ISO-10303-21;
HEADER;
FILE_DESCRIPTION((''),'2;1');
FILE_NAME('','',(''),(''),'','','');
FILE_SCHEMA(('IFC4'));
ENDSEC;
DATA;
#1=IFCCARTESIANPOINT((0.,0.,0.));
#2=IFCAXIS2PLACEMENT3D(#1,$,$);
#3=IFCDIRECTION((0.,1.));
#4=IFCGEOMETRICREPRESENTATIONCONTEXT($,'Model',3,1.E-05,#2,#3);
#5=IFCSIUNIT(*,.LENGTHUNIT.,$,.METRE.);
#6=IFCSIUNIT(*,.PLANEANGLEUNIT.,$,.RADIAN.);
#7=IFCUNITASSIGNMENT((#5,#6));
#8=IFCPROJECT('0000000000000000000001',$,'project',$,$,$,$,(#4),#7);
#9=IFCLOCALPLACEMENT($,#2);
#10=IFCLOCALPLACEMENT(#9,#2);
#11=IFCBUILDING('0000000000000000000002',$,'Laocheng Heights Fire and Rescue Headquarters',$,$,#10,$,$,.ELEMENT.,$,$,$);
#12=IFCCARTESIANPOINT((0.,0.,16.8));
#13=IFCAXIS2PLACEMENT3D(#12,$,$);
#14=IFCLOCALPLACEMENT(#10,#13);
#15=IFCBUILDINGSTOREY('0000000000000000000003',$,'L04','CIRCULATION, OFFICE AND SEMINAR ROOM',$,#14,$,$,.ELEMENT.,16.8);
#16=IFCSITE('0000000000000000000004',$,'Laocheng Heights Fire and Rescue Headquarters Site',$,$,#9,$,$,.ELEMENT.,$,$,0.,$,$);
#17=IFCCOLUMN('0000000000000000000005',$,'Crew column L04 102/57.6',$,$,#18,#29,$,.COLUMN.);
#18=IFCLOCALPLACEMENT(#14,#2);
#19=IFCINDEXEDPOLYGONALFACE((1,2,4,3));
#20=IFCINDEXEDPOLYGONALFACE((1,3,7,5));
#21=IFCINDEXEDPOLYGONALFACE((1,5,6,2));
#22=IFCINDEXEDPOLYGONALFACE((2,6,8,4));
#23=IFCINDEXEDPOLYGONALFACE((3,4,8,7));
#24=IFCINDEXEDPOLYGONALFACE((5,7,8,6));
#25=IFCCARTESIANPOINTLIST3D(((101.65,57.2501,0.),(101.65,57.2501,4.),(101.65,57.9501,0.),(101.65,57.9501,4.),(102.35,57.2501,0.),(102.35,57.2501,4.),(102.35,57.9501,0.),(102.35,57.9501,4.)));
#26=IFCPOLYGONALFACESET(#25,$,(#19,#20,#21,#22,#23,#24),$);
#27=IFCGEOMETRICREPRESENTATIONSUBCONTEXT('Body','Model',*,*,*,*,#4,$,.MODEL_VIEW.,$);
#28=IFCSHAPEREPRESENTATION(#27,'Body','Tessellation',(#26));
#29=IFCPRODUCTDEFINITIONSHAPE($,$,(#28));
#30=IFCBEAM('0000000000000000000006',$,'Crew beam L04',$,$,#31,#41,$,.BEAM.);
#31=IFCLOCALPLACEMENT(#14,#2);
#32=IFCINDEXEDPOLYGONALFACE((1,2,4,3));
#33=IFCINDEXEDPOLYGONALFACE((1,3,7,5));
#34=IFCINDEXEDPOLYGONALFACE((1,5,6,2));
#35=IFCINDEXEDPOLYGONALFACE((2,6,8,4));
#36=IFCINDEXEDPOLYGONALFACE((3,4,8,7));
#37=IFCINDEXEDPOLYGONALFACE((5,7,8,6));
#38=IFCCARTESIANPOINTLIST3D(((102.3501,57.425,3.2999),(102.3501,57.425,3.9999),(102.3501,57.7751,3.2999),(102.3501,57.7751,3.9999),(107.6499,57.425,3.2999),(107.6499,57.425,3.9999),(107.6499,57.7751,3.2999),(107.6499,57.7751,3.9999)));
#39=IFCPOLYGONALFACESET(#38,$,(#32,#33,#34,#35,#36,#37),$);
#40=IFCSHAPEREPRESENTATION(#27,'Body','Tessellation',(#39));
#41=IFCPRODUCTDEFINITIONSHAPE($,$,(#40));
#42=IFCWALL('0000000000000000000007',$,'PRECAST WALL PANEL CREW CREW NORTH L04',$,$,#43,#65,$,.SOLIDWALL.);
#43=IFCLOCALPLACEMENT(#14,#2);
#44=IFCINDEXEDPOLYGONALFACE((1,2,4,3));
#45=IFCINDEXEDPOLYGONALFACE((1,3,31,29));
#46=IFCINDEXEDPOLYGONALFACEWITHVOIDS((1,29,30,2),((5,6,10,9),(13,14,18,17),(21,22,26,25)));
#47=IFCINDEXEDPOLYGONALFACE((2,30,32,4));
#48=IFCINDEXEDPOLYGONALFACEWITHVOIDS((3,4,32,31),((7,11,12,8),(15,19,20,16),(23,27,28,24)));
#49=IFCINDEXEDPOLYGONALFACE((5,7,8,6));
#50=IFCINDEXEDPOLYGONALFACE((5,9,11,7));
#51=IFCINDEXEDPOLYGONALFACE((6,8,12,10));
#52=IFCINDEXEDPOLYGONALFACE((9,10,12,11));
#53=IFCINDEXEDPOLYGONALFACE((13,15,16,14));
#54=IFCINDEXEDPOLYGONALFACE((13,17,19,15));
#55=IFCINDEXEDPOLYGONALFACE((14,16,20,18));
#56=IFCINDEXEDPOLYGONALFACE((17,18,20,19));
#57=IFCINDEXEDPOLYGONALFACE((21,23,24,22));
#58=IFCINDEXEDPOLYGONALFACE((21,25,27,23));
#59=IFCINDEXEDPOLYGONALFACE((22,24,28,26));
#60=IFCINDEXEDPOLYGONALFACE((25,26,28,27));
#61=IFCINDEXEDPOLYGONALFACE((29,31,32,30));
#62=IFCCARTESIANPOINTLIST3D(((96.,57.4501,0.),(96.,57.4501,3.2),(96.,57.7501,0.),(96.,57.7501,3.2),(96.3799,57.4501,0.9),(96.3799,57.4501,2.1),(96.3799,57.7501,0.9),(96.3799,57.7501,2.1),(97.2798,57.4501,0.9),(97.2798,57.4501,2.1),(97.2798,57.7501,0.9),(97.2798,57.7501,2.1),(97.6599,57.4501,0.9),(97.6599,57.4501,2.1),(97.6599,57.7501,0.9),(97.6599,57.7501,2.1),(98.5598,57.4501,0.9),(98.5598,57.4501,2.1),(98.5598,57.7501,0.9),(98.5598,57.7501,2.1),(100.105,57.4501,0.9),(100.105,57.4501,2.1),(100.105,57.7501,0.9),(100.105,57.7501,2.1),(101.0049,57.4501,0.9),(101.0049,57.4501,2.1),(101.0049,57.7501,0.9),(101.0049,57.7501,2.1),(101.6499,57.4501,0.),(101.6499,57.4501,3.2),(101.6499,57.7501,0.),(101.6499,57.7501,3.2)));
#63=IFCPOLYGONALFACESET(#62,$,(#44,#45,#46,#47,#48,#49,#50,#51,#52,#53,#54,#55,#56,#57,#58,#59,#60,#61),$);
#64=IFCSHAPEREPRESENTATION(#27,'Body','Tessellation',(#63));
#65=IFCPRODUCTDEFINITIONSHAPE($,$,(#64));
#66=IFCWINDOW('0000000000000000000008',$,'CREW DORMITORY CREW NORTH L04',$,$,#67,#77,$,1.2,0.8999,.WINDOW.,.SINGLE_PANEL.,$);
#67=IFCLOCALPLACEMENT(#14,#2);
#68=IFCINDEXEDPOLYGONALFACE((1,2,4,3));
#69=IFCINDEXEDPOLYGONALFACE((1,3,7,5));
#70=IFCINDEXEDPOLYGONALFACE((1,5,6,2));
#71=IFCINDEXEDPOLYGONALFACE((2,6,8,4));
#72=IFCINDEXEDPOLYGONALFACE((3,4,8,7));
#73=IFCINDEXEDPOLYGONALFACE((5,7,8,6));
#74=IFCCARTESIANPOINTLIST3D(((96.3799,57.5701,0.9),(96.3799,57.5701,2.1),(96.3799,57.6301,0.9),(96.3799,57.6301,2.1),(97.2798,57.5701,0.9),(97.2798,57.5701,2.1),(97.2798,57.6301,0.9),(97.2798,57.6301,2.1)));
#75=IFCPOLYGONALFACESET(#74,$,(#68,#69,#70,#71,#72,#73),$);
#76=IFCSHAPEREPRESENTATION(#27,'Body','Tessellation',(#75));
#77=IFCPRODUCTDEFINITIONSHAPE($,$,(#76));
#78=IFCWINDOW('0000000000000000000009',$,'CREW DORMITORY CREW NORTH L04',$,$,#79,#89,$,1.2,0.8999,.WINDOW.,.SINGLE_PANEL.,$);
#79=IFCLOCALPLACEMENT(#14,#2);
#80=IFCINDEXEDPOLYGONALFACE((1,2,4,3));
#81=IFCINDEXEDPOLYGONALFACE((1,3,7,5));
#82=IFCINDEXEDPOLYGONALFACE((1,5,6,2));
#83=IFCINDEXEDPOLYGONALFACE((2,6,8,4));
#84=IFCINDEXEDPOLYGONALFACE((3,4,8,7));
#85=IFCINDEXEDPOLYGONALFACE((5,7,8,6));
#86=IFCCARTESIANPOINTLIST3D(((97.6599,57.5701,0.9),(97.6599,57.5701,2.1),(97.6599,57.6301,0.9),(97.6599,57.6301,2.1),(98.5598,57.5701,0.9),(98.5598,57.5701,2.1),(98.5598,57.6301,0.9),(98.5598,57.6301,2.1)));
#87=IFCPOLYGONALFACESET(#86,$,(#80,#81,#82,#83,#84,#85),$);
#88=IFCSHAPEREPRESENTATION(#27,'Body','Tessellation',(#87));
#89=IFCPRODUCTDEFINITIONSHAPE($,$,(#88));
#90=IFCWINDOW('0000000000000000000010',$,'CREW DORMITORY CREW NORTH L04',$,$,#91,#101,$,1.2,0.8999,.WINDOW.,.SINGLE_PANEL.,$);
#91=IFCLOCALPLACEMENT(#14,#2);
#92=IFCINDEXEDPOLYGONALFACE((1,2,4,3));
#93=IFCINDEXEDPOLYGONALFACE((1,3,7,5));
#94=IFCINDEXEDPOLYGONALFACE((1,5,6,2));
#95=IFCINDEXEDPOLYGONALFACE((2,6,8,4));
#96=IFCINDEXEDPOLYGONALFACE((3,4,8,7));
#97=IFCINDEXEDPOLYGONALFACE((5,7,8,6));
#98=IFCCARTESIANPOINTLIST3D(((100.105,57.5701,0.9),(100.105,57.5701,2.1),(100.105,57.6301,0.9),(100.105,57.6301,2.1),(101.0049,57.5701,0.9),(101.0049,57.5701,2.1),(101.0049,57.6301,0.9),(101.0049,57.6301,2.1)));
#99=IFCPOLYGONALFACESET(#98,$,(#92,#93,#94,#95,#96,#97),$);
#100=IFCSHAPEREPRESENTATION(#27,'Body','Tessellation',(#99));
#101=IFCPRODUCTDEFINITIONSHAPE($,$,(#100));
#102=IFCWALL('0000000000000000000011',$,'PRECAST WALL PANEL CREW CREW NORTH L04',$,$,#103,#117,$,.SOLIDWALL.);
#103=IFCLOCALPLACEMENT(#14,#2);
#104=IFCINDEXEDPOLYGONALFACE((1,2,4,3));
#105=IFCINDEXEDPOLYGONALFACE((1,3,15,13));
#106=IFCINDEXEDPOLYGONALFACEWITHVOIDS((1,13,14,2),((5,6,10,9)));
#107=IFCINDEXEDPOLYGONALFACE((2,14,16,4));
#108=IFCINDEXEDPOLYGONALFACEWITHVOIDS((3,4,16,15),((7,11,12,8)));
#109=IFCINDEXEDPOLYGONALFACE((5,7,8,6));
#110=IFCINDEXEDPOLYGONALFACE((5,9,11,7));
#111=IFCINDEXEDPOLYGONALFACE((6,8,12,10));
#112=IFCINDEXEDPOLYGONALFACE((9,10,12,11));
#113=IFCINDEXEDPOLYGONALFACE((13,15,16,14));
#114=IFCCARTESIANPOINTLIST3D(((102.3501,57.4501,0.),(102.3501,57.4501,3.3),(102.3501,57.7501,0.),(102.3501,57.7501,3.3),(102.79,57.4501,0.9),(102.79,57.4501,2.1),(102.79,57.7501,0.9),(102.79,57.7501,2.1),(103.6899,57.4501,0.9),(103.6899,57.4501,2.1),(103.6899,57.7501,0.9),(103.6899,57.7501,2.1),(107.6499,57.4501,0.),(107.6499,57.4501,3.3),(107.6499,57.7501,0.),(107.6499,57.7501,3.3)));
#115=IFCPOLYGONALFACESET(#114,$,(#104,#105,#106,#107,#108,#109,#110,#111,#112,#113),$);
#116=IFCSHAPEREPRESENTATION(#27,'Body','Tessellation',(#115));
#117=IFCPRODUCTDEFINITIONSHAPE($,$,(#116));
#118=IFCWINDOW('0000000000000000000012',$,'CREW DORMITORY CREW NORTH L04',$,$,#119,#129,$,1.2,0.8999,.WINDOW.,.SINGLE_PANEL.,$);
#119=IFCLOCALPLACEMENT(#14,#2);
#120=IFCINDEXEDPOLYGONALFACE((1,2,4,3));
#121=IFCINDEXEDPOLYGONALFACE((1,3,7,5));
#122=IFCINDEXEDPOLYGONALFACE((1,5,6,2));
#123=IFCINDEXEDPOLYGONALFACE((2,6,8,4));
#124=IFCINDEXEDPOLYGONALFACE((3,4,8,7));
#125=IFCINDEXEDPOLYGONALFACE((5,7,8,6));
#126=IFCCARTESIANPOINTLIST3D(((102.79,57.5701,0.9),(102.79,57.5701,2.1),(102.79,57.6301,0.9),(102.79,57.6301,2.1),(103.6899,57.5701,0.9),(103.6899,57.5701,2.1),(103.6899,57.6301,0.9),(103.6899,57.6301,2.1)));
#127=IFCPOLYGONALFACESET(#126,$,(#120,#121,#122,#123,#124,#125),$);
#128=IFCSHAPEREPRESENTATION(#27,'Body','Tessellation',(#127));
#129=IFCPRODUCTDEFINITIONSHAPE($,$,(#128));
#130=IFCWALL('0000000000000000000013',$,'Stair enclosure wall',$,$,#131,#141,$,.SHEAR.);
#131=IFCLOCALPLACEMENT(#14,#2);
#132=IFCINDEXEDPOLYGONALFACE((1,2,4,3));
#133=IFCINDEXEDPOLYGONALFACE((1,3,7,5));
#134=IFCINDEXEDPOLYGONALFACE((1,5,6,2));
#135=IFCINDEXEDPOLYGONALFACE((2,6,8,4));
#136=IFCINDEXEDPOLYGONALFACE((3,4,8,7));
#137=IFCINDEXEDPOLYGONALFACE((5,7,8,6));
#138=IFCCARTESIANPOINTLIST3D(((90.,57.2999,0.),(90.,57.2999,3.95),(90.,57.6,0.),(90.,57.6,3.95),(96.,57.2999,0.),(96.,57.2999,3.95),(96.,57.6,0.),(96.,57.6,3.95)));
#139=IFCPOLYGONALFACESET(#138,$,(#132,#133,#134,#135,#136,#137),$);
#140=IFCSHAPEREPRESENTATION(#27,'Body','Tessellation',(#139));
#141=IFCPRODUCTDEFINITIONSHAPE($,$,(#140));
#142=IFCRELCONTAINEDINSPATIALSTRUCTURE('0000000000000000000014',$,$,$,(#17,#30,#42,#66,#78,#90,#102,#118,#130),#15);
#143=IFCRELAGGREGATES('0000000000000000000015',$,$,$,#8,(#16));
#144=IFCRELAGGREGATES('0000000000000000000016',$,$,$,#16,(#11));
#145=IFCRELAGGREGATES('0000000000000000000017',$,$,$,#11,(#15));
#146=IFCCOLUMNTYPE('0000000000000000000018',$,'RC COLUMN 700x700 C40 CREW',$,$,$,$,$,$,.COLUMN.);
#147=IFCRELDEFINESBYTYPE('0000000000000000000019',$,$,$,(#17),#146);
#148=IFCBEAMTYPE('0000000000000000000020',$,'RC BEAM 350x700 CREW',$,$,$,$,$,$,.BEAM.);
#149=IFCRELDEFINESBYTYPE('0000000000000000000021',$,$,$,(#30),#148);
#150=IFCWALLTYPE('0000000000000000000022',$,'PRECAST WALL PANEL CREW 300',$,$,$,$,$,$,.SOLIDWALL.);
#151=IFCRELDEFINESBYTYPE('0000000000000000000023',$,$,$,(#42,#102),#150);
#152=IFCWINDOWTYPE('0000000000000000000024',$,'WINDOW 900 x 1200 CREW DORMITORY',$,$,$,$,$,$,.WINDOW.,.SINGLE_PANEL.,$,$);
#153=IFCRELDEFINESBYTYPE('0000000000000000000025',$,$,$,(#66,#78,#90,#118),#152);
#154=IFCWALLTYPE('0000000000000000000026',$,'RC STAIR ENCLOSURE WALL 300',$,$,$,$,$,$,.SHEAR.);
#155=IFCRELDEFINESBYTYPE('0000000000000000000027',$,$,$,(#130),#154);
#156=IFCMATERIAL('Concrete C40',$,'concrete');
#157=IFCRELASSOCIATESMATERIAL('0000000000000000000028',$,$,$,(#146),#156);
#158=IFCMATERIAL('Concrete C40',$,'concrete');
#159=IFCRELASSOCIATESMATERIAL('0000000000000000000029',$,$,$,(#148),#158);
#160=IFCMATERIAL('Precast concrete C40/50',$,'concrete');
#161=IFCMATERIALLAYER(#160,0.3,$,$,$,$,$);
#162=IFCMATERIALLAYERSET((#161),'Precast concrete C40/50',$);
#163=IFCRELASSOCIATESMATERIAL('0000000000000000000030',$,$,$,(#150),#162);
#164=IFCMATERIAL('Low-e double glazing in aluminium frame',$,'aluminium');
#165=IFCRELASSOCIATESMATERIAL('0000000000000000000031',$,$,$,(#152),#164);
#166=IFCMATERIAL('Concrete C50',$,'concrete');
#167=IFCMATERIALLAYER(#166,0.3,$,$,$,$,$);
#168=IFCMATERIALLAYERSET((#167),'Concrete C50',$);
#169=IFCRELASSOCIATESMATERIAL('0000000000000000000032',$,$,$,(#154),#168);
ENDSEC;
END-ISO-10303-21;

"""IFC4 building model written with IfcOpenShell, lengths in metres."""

from ifc_helpers import new_model, si_unit, direction, frame, frame_2d, origin, origin_2d, place, context, subcontext, project, spatial, rectangle, extrude, material, layer, layer_set, material_profile, profile_set, type_object, element, fill, save


model = new_model("IFC4")

# Units and contexts
model_context = context("Model", 3, precision=1e-05, world=origin(), true_north=direction((0.0, 1.0)))
body_context = subcontext(model_context, "Body", "Model", "MODEL_VIEW")
ifc_project = project(units=[si_unit("LENGTHUNIT", "METRE"), si_unit("PLANEANGLEUNIT", "RADIAN")], contexts=[model_context])

# Site, building, storey
site_placement = place(None, origin())
site = spatial("IfcSite", under=ifc_project, at=site_placement, Name="Laocheng Heights Fire and Rescue Headquarters Site", CompositionType="ELEMENT", RefElevation=0.0)
building_placement = place(site_placement, origin())
building = spatial("IfcBuilding", under=site, at=building_placement, Name="Laocheng Heights Fire and Rescue Headquarters", CompositionType="ELEMENT")
storey_placement = place(building_placement, frame((0.0, 0.0, 16.8)))
storey = spatial("IfcBuildingStorey", under=building, at=storey_placement, Name="L04", Description="CIRCULATION, OFFICE AND SEMINAR ROOM", CompositionType="ELEMENT", Elevation=16.8)

# Column
ifc_material_1 = material(Name="Concrete C40", Category="concrete")
ifc_material_profile_1 = material_profile(ifc_material_1, rectangle(XDim=0.7, YDim=0.7, at=origin_2d()), Name="RC COLUMN 700x700 C40 CREW")
ifc_profile_set_1 = profile_set([ifc_material_profile_1], Name="Concrete C40")
column_type = type_object("IfcColumnType", Name="RC COLUMN 700x700 C40 CREW", PredefinedType="COLUMN", material=ifc_profile_set_1)
column_placement = place(storey_placement, frame((102.0, 57.6001, 0.0), z_axis=(0.0, 0.0, 1.0), x_axis=(1.0, 0.0, 0.0)))
element("IfcColumn", 1, at=column_placement, inside=storey, type_object=column_type, Name="Crew column L04 102/57.6", PredefinedType="COLUMN", context=body_context, shape_type="SweptSolid", body=[
    extrude(rectangle(XDim=0.7, YDim=0.7, at=origin_2d()), origin(), (0.0, 0.0, 1.0), 4.0),
])

# Beam
ifc_material_2 = material(Name="Concrete C40", Category="concrete")
ifc_material_profile_2 = material_profile(ifc_material_2, rectangle(XDim=0.3501, YDim=0.7, at=origin_2d()), Name="RC BEAM 350x700 CREW")
ifc_profile_set_2 = profile_set([ifc_material_profile_2], Name="Concrete C40")
beam_type = type_object("IfcBeamType", Name="RC BEAM 350x700 CREW", PredefinedType="BEAM", material=ifc_profile_set_2)
beam_placement = place(storey_placement, frame((102.3501, 57.6001, 3.6499), z_axis=(1.0, 0.0, 0.0), x_axis=(0.0, 1.0, 0.0)))
element("IfcBeam", 2, at=beam_placement, inside=storey, type_object=beam_type, Name="Crew beam L04", PredefinedType="BEAM", context=body_context, shape_type="SweptSolid", body=[
    extrude(rectangle(XDim=0.3501, YDim=0.7, at=origin_2d()), origin(), (0.0, 0.0, 1.0), 5.2998),
])

# Wall, openings, windows
ifc_material_3 = material(Name="Precast concrete C40/50", Category="concrete")
ifc_layer_1 = layer(ifc_material_3, 0.3)
ifc_layer_set_1 = layer_set([ifc_layer_1], Name="Precast concrete C40/50")
wall_type_1 = type_object("IfcWallType", Name="PRECAST WALL PANEL CREW 300", PredefinedType="SOLIDWALL", material=ifc_layer_set_1)
wall_1_placement = place(storey_placement, frame((96.0, 57.6001, 0.0), z_axis=(0.0, 0.0, 1.0), x_axis=(1.0, 0.0, 0.0)))
wall_1 = element("IfcWall", 3, at=wall_1_placement, inside=storey, type_object=wall_type_1, Name="PRECAST WALL PANEL CREW CREW NORTH L04", PredefinedType="SOLIDWALL", context=body_context, shape_type="SweptSolid", body=[
    extrude(rectangle(XDim=5.6499, YDim=0.3, at=frame_2d((2.825, 0.0))), origin(), (0.0, 0.0, 1.0), 3.2),
])
opening_1_placement = place(wall_1_placement, frame((0.3799, 0.0, 0.8999)))
opening_1 = element("IfcOpeningElement", 4, at=opening_1_placement, cuts=wall_1, PredefinedType="OPENING", context=body_context, shape_type="SweptSolid", body=[
    extrude(rectangle(XDim=0.8999, YDim=1.2, at=frame_2d((0.45, 0.6001))), frame((0.0, 0.1599, 0.0), z_axis=(0.0, -1.0, 0.0), x_axis=(1.0, 0.0, 0.0)), (0.0, 0.0, 1.0), 0.3201),
])
opening_2_placement = place(wall_1_placement, frame((1.6599, 0.0, 0.8999)))
opening_2 = element("IfcOpeningElement", 5, at=opening_2_placement, cuts=wall_1, PredefinedType="OPENING", context=body_context, shape_type="SweptSolid", body=[
    extrude(rectangle(XDim=0.8999, YDim=1.2, at=frame_2d((0.45, 0.6001))), frame((0.0, 0.1599, 0.0), z_axis=(0.0, -1.0, 0.0), x_axis=(1.0, 0.0, 0.0)), (0.0, 0.0, 1.0), 0.3201),
])
opening_3_placement = place(wall_1_placement, frame((4.105, 0.0, 0.8999)))
opening_3 = element("IfcOpeningElement", 6, at=opening_3_placement, cuts=wall_1, PredefinedType="OPENING", context=body_context, shape_type="SweptSolid", body=[
    extrude(rectangle(XDim=0.8999, YDim=1.2, at=frame_2d((0.45, 0.6001))), frame((0.0, 0.1599, 0.0), z_axis=(0.0, -1.0, 0.0), x_axis=(1.0, 0.0, 0.0)), (0.0, 0.0, 1.0), 0.3201),
])
ifc_material_4 = material(Name="Low-e double glazing in aluminium frame", Category="aluminium")
window_type = type_object("IfcWindowType", Name="WINDOW 900 x 1200 CREW DORMITORY", PartitioningType="SINGLE_PANEL", PredefinedType="WINDOW", material=ifc_material_4)
window_1_placement = place(opening_1_placement, origin())
window_1 = element("IfcWindow", 7, at=window_1_placement, inside=storey, type_object=window_type, Name="CREW DORMITORY CREW NORTH L04", OverallHeight=1.2, OverallWidth=0.8999, PartitioningType="SINGLE_PANEL", PredefinedType="WINDOW", context=body_context, shape_type="SweptSolid", body=[
    extrude(rectangle(XDim=0.8999, YDim=1.2, at=frame_2d((0.45, 0.6001))), frame((0.0, 0.03, 0.0), z_axis=(0.0, -1.0, 0.0), x_axis=(1.0, 0.0, 0.0)), (0.0, 0.0, 1.0), 0.0601),
])
fill(opening_1, window_1)
window_2_placement = place(opening_2_placement, origin())
window_2 = element("IfcWindow", 8, at=window_2_placement, inside=storey, type_object=window_type, Name="CREW DORMITORY CREW NORTH L04", OverallHeight=1.2, OverallWidth=0.8999, PartitioningType="SINGLE_PANEL", PredefinedType="WINDOW", context=body_context, shape_type="SweptSolid", body=[
    extrude(rectangle(XDim=0.8999, YDim=1.2, at=frame_2d((0.45, 0.6001))), frame((0.0, 0.03, 0.0), z_axis=(0.0, -1.0, 0.0), x_axis=(1.0, 0.0, 0.0)), (0.0, 0.0, 1.0), 0.0601),
])
fill(opening_2, window_2)
window_3_placement = place(opening_3_placement, origin())
window_3 = element("IfcWindow", 9, at=window_3_placement, inside=storey, type_object=window_type, Name="CREW DORMITORY CREW NORTH L04", OverallHeight=1.2, OverallWidth=0.8999, PartitioningType="SINGLE_PANEL", PredefinedType="WINDOW", context=body_context, shape_type="SweptSolid", body=[
    extrude(rectangle(XDim=0.8999, YDim=1.2, at=frame_2d((0.45, 0.6001))), frame((0.0, 0.03, 0.0), z_axis=(0.0, -1.0, 0.0), x_axis=(1.0, 0.0, 0.0)), (0.0, 0.0, 1.0), 0.0601),
])
fill(opening_3, window_3)

# Wall, opening, window
wall_2_placement = place(storey_placement, frame((102.3501, 57.6001, 0.0), z_axis=(0.0, 0.0, 1.0), x_axis=(1.0, 0.0, 0.0)))
wall_2 = element("IfcWall", 10, at=wall_2_placement, inside=storey, type_object=wall_type_1, Name="PRECAST WALL PANEL CREW CREW NORTH L04", PredefinedType="SOLIDWALL", context=body_context, shape_type="SweptSolid", body=[
    extrude(rectangle(XDim=5.2998, YDim=0.3, at=frame_2d((2.6499, 0.0))), origin(), (0.0, 0.0, 1.0), 3.3),
])
opening_4_placement = place(wall_2_placement, frame((0.4399, 0.0, 0.8999)))
opening_4 = element("IfcOpeningElement", 11, at=opening_4_placement, cuts=wall_2, PredefinedType="OPENING", context=body_context, shape_type="SweptSolid", body=[
    extrude(rectangle(XDim=0.8999, YDim=1.2, at=frame_2d((0.45, 0.6001))), frame((0.0, 0.1599, 0.0), z_axis=(0.0, -1.0, 0.0), x_axis=(1.0, 0.0, 0.0)), (0.0, 0.0, 1.0), 0.3201),
])
window_4_placement = place(opening_4_placement, origin())
window_4 = element("IfcWindow", 12, at=window_4_placement, inside=storey, type_object=window_type, Name="CREW DORMITORY CREW NORTH L04", OverallHeight=1.2, OverallWidth=0.8999, PartitioningType="SINGLE_PANEL", PredefinedType="WINDOW", context=body_context, shape_type="SweptSolid", body=[
    extrude(rectangle(XDim=0.8999, YDim=1.2, at=frame_2d((0.45, 0.6001))), frame((0.0, 0.03, 0.0), z_axis=(0.0, -1.0, 0.0), x_axis=(1.0, 0.0, 0.0)), (0.0, 0.0, 1.0), 0.0601),
])
fill(opening_4, window_4)

# Wall
ifc_material_5 = material(Name="Concrete C50", Category="concrete")
ifc_layer_2 = layer(ifc_material_5, 0.3)
ifc_layer_set_2 = layer_set([ifc_layer_2], Name="Concrete C50")
wall_type_2 = type_object("IfcWallType", Name="RC STAIR ENCLOSURE WALL 300", PredefinedType="SHEAR", material=ifc_layer_set_2)
wall_3_placement = place(storey_placement, frame((90.0, 57.45, 0.0), z_axis=(0.0, 0.0, 1.0), x_axis=(1.0, 0.0, 0.0)))
element("IfcWall", 13, at=wall_3_placement, inside=storey, type_object=wall_type_2, Name="Stair enclosure wall", PredefinedType="SHEAR", context=body_context, shape_type="SweptSolid", body=[
    extrude(rectangle(XDim=6.0, YDim=0.3, at=frame_2d((3.0, 0.0))), origin(), (0.0, 0.0, 1.0), 3.95),
])

save(model, "model.ifc")
